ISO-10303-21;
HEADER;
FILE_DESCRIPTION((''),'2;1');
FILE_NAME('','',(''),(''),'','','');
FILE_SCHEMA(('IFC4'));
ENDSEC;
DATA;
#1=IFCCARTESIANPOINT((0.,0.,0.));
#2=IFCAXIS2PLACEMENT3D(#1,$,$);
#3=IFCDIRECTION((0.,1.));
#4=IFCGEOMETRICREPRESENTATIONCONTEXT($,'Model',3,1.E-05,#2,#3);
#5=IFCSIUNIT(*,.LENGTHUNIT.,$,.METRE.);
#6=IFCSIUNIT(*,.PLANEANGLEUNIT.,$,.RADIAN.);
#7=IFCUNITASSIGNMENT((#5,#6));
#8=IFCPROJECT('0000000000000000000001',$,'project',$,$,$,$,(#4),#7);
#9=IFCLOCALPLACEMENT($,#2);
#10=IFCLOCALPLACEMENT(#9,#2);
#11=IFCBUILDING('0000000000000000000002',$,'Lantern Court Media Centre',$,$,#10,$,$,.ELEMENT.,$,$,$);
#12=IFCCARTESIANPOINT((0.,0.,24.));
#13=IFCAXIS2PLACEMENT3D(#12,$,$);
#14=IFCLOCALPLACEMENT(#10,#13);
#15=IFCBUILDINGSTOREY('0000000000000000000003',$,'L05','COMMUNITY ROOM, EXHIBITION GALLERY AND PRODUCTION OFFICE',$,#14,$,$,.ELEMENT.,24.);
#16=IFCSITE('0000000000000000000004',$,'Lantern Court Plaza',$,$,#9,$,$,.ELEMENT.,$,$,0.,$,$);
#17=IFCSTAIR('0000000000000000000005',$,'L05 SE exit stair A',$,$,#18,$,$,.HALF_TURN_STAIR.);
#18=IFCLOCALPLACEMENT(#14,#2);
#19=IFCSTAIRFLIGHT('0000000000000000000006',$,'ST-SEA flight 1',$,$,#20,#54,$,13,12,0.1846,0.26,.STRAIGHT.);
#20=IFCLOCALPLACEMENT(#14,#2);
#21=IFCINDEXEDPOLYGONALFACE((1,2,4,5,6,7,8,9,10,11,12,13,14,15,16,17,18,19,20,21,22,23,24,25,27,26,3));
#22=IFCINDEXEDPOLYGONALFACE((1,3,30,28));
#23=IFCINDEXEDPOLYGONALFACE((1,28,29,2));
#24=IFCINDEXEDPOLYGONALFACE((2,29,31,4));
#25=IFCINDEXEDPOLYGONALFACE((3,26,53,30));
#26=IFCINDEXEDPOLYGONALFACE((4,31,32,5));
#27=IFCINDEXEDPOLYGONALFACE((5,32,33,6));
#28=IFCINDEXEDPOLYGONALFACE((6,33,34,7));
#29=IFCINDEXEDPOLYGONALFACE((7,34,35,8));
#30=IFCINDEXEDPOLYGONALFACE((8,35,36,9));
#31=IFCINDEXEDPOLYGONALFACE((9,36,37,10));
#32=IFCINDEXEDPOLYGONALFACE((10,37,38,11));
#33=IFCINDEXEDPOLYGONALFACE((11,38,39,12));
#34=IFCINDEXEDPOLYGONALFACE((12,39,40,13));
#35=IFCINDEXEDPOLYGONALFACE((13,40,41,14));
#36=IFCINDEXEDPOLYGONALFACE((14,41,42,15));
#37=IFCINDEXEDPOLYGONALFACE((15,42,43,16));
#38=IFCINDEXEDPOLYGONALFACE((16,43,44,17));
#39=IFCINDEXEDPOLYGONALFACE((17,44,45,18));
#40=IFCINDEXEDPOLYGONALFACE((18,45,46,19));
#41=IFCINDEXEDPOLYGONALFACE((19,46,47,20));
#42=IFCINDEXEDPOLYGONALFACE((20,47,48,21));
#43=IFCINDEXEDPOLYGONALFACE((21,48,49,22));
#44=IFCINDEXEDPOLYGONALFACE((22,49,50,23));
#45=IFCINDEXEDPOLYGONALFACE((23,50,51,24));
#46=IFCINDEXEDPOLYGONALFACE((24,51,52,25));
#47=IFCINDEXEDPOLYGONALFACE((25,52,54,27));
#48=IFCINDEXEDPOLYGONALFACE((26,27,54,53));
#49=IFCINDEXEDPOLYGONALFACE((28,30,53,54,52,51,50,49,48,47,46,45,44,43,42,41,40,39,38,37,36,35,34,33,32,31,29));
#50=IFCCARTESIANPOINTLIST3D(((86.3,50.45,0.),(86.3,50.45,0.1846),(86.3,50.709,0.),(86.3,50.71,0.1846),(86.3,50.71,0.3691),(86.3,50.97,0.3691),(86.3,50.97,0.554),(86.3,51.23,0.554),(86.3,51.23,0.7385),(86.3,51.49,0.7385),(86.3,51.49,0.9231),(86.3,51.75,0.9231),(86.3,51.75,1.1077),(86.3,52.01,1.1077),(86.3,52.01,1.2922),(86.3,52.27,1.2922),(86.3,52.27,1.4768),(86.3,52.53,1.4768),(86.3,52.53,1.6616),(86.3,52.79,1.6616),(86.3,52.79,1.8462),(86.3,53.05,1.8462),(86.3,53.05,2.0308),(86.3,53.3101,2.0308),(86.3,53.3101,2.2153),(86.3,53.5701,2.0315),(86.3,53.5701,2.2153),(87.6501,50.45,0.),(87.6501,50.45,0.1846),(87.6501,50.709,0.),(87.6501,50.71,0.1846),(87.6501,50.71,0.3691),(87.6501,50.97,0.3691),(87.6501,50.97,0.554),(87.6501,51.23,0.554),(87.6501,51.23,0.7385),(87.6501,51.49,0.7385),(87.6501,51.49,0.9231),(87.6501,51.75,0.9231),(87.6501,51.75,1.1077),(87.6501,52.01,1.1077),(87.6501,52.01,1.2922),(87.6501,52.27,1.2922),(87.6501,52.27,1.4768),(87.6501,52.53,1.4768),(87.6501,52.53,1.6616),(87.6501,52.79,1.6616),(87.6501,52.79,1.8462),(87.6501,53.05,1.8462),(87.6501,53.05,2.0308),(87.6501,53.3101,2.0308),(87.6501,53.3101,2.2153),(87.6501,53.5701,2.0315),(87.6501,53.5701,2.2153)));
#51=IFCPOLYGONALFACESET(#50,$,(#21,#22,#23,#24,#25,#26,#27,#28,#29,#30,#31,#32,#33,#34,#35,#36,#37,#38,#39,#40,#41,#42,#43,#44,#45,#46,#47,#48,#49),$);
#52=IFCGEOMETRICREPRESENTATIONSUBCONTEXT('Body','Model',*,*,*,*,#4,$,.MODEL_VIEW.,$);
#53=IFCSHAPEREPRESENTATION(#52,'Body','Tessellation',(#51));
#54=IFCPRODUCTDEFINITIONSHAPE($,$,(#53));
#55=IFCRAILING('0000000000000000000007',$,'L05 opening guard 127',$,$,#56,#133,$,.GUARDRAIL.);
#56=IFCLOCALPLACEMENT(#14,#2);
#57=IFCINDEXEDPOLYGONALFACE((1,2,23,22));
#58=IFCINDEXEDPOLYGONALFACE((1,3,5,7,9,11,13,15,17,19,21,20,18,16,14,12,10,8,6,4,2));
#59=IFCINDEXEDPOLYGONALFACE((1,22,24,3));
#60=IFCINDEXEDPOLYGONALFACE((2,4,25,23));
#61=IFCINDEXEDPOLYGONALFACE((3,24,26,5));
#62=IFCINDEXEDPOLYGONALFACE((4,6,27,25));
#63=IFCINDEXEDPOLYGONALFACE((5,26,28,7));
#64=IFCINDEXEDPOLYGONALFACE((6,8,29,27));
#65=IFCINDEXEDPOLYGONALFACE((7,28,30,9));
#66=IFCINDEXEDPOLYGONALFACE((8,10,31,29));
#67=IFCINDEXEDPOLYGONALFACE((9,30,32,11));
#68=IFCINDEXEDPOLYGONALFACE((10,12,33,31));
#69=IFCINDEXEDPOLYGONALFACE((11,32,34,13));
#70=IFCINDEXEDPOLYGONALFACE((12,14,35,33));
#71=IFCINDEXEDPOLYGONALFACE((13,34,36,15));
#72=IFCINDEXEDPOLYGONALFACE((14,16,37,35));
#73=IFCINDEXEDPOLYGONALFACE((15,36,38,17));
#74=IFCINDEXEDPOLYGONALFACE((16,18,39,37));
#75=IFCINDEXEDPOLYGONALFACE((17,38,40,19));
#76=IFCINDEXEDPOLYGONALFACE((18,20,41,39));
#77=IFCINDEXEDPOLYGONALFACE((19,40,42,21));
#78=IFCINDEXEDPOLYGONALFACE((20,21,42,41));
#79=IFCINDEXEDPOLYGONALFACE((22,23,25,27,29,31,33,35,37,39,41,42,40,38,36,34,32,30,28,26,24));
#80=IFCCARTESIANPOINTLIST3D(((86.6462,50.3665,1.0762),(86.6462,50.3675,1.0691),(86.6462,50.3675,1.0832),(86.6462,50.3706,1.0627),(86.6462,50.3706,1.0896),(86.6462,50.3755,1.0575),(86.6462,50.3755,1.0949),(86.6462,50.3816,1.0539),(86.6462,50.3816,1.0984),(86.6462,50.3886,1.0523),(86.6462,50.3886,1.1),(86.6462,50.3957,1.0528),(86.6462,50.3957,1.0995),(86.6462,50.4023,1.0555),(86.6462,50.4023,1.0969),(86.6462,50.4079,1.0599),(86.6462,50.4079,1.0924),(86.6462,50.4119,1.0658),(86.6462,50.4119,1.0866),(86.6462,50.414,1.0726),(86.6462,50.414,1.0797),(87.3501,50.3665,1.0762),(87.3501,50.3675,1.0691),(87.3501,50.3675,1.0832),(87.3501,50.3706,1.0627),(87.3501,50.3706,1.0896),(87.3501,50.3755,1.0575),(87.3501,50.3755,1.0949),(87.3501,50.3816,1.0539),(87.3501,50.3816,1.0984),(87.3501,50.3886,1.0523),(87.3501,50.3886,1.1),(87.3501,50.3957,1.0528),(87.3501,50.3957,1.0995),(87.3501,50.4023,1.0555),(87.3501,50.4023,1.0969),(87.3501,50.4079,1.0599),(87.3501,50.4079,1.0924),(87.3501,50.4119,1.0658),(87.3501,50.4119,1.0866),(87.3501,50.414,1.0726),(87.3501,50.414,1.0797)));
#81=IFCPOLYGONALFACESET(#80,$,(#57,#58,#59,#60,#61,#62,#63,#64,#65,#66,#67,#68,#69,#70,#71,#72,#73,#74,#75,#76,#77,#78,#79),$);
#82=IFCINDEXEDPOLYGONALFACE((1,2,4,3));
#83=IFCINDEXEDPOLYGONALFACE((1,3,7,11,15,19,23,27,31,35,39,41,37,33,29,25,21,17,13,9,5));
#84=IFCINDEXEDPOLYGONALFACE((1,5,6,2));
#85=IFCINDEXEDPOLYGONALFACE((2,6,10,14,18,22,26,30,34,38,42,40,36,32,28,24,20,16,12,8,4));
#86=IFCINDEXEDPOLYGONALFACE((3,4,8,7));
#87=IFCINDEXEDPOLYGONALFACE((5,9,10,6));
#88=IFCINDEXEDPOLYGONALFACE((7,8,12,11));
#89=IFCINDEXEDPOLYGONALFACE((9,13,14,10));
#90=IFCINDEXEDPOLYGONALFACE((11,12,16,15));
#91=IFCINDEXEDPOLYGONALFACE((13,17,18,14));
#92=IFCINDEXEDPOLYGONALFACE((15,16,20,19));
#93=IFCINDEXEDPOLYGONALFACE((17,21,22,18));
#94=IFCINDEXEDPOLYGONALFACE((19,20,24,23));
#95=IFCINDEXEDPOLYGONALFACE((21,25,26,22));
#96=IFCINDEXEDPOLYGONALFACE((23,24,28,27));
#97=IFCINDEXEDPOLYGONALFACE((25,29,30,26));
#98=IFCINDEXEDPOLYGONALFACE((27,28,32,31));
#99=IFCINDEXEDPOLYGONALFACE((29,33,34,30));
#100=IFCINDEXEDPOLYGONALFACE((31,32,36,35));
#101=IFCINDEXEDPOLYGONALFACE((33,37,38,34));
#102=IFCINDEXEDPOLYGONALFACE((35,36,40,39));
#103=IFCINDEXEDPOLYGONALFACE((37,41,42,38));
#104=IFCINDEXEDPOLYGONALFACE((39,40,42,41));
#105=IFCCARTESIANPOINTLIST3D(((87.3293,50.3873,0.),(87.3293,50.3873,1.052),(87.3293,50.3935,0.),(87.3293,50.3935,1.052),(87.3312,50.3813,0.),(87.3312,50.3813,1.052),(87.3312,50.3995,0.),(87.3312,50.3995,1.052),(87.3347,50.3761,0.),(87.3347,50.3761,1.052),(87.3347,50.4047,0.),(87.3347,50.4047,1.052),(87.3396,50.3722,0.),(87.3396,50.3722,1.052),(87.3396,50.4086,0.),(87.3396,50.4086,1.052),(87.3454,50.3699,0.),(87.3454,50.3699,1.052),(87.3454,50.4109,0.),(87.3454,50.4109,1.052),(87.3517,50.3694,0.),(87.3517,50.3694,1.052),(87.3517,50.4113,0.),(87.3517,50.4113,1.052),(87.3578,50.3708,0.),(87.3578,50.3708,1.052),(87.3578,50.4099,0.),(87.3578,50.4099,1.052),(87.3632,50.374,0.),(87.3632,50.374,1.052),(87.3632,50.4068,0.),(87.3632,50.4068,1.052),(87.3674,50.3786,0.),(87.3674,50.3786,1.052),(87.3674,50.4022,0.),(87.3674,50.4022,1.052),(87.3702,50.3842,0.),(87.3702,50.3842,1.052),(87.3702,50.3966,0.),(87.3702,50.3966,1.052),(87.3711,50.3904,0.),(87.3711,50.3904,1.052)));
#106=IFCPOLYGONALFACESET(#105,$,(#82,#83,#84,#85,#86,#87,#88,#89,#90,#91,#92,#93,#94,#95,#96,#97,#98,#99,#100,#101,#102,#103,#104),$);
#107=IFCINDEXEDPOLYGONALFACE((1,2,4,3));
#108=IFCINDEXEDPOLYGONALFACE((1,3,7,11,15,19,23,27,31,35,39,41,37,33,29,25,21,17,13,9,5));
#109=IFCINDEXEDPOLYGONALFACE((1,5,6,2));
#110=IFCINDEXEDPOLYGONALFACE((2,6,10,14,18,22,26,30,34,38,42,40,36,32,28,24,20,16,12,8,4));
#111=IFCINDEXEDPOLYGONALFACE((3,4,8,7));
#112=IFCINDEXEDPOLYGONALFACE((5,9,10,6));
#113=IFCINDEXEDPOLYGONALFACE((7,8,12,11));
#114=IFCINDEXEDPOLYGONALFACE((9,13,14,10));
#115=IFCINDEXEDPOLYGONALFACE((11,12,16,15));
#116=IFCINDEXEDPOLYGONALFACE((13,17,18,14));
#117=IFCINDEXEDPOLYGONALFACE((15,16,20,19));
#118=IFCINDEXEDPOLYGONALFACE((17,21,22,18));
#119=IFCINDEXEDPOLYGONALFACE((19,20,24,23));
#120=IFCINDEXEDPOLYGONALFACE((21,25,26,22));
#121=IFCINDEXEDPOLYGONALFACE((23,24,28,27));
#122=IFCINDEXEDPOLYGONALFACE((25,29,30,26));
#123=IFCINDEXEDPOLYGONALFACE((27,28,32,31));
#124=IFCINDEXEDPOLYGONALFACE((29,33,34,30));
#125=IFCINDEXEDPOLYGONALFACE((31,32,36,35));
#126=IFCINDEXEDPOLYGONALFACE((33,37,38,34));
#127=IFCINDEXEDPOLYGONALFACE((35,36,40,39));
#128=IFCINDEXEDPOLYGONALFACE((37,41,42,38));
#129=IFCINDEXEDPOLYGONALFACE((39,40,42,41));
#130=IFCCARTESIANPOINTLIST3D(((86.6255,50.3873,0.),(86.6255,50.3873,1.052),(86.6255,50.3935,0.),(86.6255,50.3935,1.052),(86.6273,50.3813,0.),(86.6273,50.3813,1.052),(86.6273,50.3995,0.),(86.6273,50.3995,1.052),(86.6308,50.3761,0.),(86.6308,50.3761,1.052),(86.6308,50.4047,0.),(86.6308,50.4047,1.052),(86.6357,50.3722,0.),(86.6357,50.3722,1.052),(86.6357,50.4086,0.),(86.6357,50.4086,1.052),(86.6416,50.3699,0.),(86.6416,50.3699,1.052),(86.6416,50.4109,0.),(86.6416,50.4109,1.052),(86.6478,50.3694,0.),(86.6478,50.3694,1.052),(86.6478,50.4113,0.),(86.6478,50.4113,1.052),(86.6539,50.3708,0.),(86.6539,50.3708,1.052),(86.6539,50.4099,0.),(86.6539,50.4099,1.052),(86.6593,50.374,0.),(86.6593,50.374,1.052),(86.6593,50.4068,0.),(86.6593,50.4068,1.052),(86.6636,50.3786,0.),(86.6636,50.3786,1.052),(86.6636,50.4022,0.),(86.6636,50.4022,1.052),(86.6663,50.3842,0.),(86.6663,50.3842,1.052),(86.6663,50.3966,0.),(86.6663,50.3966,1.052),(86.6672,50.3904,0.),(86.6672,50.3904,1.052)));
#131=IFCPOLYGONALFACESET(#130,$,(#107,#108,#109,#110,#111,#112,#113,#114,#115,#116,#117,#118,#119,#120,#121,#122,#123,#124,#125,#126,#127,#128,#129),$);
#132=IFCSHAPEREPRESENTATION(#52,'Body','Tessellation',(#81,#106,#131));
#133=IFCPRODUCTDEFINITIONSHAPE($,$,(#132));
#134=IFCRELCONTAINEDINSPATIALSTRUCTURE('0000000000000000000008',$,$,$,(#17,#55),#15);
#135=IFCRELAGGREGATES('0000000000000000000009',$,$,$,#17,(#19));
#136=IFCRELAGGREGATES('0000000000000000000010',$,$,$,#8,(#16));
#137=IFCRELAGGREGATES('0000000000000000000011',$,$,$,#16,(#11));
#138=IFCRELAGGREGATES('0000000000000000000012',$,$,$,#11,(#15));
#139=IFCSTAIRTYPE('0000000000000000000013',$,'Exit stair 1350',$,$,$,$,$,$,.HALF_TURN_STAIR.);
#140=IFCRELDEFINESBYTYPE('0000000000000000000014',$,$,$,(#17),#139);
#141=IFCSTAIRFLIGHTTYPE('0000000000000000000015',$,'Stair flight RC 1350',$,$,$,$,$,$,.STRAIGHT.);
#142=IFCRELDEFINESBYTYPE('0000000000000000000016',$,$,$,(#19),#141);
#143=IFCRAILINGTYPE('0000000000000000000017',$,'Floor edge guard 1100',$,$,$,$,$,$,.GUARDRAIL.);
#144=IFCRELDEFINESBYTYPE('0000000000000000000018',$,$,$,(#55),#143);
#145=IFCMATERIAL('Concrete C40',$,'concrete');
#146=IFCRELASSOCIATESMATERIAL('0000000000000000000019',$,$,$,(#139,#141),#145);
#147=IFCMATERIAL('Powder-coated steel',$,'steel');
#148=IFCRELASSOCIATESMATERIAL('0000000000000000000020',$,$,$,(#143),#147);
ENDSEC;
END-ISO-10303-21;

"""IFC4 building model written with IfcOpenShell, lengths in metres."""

from ifc_helpers import new_model, si_unit, direction, frame, origin, origin_2d, place, context, subcontext, project, spatial, polyline, circle, outline, extrude, material, type_object, element, aggregate, save


model = new_model("IFC4")

# Units and contexts
model_context = context("Model", 3, precision=1e-05, world=origin(), true_north=direction((0.0, 1.0)))
body_context = subcontext(model_context, "Body", "Model", "MODEL_VIEW")
ifc_project = project(units=[si_unit("LENGTHUNIT", "METRE"), si_unit("PLANEANGLEUNIT", "RADIAN")], contexts=[model_context])

# Site, building, storey
site_placement = place(None, origin())
site = spatial("IfcSite", under=ifc_project, at=site_placement, Name="Lantern Court Plaza", CompositionType="ELEMENT", RefElevation=0.0)
building_placement = place(site_placement, origin())
building = spatial("IfcBuilding", under=site, at=building_placement, Name="Lantern Court Media Centre", CompositionType="ELEMENT")
storey_placement = place(building_placement, frame((0.0, 0.0, 24.0)))
storey = spatial("IfcBuildingStorey", under=building, at=storey_placement, Name="L05", Description="COMMUNITY ROOM, EXHIBITION GALLERY AND PRODUCTION OFFICE", CompositionType="ELEMENT", Elevation=24.0)

# Shared definitions
ifc_material_1 = material(Name="Concrete C40", Category="concrete")

# Stair, stair flight
stair_type = type_object("IfcStairType", Name="Exit stair 1350", PredefinedType="HALF_TURN_STAIR", material=ifc_material_1)
stair_placement = place(storey_placement, origin())
stair = element("IfcStair", 1, at=stair_placement, inside=storey, type_object=stair_type, Name="L05 SE exit stair A", PredefinedType="HALF_TURN_STAIR")
stair_flight_type = type_object("IfcStairFlightType", Name="Stair flight RC 1350", PredefinedType="STRAIGHT", material=ifc_material_1)
stair_flight_placement = place(storey_placement, frame((86.9751, 50.45, 0.0), z_axis=(0.0, 0.0, 1.0), x_axis=(0.0, 1.0, 0.0)))
stair_flight = element("IfcStairFlight", 2, at=stair_flight_placement, type_object=stair_flight_type, Name="ST-SEA flight 1", NumberOfRisers=13, NumberOfTreads=12, PredefinedType="STRAIGHT", RiserHeight=0.1846, TreadLength=0.26, context=body_context, shape_type="SweptSolid", body=[
    extrude(outline(polyline([(0.0, 0.0), (0.0, 0.1846), (0.26, 0.1846), (0.26, 0.3691), (0.52, 0.3691), (0.52, 0.554), (0.78, 0.554), (0.78, 0.7385), (1.04, 0.7385), (1.04, 0.9231), (1.3, 0.9231), (1.3, 1.1077), (1.5601, 1.1077), (1.5601, 1.2922), (1.8201, 1.2922), (1.8201, 1.4768), (2.0801, 1.4768), (2.0801, 1.6616), (2.3401, 1.6616), (2.3401, 1.8462), (2.6001, 1.8462), (2.6001, 2.0308), (2.8601, 2.0308), (2.8601, 2.2153), (3.1201, 2.2153), (3.1201, 2.3999), (3.1201, 2.0315), (0.259, 0.0), (0.0, 0.0)])), frame((0.0, 0.675, 0.0), z_axis=(0.0, -1.0, 0.0), x_axis=(1.0, 0.0, 0.0)), (0.0, 0.0, 1.0), 1.3501),
])
aggregate(stair, [stair_flight])

# Railing
ifc_material_2 = material(Name="Powder-coated steel", Category="steel")
railing_type_1 = type_object("IfcRailingType", Name="Floor edge guard 1100", PredefinedType="GUARDRAIL", material=ifc_material_2)
railing_1_placement = place(storey_placement, frame((87.3501, 50.3904, 0.0)))
element("IfcRailing", 3, at=railing_1_placement, inside=storey, type_object=railing_type_1, Name="L05 opening guard 127", PredefinedType="GUARDRAIL", context=body_context, shape_type="SweptSolid", body=[
    extrude(circle(Radius=0.0239, at=origin_2d()), frame((0.0, 0.0, 1.0762), z_axis=(-1.0, 0.0, 0.0), x_axis=(0.0, -1.0, 0.0)), (0.0, 0.0, 1.0), 0.7039),
    extrude(circle(Radius=0.021, at=origin_2d()), origin(), (0.0, 0.0, 1.0), 1.052),
    extrude(circle(Radius=0.021, at=origin_2d()), frame((-0.7039, 0.0, 0.0)), (0.0, 0.0, 1.0), 1.052),
])

save(model, "model.ifc")
